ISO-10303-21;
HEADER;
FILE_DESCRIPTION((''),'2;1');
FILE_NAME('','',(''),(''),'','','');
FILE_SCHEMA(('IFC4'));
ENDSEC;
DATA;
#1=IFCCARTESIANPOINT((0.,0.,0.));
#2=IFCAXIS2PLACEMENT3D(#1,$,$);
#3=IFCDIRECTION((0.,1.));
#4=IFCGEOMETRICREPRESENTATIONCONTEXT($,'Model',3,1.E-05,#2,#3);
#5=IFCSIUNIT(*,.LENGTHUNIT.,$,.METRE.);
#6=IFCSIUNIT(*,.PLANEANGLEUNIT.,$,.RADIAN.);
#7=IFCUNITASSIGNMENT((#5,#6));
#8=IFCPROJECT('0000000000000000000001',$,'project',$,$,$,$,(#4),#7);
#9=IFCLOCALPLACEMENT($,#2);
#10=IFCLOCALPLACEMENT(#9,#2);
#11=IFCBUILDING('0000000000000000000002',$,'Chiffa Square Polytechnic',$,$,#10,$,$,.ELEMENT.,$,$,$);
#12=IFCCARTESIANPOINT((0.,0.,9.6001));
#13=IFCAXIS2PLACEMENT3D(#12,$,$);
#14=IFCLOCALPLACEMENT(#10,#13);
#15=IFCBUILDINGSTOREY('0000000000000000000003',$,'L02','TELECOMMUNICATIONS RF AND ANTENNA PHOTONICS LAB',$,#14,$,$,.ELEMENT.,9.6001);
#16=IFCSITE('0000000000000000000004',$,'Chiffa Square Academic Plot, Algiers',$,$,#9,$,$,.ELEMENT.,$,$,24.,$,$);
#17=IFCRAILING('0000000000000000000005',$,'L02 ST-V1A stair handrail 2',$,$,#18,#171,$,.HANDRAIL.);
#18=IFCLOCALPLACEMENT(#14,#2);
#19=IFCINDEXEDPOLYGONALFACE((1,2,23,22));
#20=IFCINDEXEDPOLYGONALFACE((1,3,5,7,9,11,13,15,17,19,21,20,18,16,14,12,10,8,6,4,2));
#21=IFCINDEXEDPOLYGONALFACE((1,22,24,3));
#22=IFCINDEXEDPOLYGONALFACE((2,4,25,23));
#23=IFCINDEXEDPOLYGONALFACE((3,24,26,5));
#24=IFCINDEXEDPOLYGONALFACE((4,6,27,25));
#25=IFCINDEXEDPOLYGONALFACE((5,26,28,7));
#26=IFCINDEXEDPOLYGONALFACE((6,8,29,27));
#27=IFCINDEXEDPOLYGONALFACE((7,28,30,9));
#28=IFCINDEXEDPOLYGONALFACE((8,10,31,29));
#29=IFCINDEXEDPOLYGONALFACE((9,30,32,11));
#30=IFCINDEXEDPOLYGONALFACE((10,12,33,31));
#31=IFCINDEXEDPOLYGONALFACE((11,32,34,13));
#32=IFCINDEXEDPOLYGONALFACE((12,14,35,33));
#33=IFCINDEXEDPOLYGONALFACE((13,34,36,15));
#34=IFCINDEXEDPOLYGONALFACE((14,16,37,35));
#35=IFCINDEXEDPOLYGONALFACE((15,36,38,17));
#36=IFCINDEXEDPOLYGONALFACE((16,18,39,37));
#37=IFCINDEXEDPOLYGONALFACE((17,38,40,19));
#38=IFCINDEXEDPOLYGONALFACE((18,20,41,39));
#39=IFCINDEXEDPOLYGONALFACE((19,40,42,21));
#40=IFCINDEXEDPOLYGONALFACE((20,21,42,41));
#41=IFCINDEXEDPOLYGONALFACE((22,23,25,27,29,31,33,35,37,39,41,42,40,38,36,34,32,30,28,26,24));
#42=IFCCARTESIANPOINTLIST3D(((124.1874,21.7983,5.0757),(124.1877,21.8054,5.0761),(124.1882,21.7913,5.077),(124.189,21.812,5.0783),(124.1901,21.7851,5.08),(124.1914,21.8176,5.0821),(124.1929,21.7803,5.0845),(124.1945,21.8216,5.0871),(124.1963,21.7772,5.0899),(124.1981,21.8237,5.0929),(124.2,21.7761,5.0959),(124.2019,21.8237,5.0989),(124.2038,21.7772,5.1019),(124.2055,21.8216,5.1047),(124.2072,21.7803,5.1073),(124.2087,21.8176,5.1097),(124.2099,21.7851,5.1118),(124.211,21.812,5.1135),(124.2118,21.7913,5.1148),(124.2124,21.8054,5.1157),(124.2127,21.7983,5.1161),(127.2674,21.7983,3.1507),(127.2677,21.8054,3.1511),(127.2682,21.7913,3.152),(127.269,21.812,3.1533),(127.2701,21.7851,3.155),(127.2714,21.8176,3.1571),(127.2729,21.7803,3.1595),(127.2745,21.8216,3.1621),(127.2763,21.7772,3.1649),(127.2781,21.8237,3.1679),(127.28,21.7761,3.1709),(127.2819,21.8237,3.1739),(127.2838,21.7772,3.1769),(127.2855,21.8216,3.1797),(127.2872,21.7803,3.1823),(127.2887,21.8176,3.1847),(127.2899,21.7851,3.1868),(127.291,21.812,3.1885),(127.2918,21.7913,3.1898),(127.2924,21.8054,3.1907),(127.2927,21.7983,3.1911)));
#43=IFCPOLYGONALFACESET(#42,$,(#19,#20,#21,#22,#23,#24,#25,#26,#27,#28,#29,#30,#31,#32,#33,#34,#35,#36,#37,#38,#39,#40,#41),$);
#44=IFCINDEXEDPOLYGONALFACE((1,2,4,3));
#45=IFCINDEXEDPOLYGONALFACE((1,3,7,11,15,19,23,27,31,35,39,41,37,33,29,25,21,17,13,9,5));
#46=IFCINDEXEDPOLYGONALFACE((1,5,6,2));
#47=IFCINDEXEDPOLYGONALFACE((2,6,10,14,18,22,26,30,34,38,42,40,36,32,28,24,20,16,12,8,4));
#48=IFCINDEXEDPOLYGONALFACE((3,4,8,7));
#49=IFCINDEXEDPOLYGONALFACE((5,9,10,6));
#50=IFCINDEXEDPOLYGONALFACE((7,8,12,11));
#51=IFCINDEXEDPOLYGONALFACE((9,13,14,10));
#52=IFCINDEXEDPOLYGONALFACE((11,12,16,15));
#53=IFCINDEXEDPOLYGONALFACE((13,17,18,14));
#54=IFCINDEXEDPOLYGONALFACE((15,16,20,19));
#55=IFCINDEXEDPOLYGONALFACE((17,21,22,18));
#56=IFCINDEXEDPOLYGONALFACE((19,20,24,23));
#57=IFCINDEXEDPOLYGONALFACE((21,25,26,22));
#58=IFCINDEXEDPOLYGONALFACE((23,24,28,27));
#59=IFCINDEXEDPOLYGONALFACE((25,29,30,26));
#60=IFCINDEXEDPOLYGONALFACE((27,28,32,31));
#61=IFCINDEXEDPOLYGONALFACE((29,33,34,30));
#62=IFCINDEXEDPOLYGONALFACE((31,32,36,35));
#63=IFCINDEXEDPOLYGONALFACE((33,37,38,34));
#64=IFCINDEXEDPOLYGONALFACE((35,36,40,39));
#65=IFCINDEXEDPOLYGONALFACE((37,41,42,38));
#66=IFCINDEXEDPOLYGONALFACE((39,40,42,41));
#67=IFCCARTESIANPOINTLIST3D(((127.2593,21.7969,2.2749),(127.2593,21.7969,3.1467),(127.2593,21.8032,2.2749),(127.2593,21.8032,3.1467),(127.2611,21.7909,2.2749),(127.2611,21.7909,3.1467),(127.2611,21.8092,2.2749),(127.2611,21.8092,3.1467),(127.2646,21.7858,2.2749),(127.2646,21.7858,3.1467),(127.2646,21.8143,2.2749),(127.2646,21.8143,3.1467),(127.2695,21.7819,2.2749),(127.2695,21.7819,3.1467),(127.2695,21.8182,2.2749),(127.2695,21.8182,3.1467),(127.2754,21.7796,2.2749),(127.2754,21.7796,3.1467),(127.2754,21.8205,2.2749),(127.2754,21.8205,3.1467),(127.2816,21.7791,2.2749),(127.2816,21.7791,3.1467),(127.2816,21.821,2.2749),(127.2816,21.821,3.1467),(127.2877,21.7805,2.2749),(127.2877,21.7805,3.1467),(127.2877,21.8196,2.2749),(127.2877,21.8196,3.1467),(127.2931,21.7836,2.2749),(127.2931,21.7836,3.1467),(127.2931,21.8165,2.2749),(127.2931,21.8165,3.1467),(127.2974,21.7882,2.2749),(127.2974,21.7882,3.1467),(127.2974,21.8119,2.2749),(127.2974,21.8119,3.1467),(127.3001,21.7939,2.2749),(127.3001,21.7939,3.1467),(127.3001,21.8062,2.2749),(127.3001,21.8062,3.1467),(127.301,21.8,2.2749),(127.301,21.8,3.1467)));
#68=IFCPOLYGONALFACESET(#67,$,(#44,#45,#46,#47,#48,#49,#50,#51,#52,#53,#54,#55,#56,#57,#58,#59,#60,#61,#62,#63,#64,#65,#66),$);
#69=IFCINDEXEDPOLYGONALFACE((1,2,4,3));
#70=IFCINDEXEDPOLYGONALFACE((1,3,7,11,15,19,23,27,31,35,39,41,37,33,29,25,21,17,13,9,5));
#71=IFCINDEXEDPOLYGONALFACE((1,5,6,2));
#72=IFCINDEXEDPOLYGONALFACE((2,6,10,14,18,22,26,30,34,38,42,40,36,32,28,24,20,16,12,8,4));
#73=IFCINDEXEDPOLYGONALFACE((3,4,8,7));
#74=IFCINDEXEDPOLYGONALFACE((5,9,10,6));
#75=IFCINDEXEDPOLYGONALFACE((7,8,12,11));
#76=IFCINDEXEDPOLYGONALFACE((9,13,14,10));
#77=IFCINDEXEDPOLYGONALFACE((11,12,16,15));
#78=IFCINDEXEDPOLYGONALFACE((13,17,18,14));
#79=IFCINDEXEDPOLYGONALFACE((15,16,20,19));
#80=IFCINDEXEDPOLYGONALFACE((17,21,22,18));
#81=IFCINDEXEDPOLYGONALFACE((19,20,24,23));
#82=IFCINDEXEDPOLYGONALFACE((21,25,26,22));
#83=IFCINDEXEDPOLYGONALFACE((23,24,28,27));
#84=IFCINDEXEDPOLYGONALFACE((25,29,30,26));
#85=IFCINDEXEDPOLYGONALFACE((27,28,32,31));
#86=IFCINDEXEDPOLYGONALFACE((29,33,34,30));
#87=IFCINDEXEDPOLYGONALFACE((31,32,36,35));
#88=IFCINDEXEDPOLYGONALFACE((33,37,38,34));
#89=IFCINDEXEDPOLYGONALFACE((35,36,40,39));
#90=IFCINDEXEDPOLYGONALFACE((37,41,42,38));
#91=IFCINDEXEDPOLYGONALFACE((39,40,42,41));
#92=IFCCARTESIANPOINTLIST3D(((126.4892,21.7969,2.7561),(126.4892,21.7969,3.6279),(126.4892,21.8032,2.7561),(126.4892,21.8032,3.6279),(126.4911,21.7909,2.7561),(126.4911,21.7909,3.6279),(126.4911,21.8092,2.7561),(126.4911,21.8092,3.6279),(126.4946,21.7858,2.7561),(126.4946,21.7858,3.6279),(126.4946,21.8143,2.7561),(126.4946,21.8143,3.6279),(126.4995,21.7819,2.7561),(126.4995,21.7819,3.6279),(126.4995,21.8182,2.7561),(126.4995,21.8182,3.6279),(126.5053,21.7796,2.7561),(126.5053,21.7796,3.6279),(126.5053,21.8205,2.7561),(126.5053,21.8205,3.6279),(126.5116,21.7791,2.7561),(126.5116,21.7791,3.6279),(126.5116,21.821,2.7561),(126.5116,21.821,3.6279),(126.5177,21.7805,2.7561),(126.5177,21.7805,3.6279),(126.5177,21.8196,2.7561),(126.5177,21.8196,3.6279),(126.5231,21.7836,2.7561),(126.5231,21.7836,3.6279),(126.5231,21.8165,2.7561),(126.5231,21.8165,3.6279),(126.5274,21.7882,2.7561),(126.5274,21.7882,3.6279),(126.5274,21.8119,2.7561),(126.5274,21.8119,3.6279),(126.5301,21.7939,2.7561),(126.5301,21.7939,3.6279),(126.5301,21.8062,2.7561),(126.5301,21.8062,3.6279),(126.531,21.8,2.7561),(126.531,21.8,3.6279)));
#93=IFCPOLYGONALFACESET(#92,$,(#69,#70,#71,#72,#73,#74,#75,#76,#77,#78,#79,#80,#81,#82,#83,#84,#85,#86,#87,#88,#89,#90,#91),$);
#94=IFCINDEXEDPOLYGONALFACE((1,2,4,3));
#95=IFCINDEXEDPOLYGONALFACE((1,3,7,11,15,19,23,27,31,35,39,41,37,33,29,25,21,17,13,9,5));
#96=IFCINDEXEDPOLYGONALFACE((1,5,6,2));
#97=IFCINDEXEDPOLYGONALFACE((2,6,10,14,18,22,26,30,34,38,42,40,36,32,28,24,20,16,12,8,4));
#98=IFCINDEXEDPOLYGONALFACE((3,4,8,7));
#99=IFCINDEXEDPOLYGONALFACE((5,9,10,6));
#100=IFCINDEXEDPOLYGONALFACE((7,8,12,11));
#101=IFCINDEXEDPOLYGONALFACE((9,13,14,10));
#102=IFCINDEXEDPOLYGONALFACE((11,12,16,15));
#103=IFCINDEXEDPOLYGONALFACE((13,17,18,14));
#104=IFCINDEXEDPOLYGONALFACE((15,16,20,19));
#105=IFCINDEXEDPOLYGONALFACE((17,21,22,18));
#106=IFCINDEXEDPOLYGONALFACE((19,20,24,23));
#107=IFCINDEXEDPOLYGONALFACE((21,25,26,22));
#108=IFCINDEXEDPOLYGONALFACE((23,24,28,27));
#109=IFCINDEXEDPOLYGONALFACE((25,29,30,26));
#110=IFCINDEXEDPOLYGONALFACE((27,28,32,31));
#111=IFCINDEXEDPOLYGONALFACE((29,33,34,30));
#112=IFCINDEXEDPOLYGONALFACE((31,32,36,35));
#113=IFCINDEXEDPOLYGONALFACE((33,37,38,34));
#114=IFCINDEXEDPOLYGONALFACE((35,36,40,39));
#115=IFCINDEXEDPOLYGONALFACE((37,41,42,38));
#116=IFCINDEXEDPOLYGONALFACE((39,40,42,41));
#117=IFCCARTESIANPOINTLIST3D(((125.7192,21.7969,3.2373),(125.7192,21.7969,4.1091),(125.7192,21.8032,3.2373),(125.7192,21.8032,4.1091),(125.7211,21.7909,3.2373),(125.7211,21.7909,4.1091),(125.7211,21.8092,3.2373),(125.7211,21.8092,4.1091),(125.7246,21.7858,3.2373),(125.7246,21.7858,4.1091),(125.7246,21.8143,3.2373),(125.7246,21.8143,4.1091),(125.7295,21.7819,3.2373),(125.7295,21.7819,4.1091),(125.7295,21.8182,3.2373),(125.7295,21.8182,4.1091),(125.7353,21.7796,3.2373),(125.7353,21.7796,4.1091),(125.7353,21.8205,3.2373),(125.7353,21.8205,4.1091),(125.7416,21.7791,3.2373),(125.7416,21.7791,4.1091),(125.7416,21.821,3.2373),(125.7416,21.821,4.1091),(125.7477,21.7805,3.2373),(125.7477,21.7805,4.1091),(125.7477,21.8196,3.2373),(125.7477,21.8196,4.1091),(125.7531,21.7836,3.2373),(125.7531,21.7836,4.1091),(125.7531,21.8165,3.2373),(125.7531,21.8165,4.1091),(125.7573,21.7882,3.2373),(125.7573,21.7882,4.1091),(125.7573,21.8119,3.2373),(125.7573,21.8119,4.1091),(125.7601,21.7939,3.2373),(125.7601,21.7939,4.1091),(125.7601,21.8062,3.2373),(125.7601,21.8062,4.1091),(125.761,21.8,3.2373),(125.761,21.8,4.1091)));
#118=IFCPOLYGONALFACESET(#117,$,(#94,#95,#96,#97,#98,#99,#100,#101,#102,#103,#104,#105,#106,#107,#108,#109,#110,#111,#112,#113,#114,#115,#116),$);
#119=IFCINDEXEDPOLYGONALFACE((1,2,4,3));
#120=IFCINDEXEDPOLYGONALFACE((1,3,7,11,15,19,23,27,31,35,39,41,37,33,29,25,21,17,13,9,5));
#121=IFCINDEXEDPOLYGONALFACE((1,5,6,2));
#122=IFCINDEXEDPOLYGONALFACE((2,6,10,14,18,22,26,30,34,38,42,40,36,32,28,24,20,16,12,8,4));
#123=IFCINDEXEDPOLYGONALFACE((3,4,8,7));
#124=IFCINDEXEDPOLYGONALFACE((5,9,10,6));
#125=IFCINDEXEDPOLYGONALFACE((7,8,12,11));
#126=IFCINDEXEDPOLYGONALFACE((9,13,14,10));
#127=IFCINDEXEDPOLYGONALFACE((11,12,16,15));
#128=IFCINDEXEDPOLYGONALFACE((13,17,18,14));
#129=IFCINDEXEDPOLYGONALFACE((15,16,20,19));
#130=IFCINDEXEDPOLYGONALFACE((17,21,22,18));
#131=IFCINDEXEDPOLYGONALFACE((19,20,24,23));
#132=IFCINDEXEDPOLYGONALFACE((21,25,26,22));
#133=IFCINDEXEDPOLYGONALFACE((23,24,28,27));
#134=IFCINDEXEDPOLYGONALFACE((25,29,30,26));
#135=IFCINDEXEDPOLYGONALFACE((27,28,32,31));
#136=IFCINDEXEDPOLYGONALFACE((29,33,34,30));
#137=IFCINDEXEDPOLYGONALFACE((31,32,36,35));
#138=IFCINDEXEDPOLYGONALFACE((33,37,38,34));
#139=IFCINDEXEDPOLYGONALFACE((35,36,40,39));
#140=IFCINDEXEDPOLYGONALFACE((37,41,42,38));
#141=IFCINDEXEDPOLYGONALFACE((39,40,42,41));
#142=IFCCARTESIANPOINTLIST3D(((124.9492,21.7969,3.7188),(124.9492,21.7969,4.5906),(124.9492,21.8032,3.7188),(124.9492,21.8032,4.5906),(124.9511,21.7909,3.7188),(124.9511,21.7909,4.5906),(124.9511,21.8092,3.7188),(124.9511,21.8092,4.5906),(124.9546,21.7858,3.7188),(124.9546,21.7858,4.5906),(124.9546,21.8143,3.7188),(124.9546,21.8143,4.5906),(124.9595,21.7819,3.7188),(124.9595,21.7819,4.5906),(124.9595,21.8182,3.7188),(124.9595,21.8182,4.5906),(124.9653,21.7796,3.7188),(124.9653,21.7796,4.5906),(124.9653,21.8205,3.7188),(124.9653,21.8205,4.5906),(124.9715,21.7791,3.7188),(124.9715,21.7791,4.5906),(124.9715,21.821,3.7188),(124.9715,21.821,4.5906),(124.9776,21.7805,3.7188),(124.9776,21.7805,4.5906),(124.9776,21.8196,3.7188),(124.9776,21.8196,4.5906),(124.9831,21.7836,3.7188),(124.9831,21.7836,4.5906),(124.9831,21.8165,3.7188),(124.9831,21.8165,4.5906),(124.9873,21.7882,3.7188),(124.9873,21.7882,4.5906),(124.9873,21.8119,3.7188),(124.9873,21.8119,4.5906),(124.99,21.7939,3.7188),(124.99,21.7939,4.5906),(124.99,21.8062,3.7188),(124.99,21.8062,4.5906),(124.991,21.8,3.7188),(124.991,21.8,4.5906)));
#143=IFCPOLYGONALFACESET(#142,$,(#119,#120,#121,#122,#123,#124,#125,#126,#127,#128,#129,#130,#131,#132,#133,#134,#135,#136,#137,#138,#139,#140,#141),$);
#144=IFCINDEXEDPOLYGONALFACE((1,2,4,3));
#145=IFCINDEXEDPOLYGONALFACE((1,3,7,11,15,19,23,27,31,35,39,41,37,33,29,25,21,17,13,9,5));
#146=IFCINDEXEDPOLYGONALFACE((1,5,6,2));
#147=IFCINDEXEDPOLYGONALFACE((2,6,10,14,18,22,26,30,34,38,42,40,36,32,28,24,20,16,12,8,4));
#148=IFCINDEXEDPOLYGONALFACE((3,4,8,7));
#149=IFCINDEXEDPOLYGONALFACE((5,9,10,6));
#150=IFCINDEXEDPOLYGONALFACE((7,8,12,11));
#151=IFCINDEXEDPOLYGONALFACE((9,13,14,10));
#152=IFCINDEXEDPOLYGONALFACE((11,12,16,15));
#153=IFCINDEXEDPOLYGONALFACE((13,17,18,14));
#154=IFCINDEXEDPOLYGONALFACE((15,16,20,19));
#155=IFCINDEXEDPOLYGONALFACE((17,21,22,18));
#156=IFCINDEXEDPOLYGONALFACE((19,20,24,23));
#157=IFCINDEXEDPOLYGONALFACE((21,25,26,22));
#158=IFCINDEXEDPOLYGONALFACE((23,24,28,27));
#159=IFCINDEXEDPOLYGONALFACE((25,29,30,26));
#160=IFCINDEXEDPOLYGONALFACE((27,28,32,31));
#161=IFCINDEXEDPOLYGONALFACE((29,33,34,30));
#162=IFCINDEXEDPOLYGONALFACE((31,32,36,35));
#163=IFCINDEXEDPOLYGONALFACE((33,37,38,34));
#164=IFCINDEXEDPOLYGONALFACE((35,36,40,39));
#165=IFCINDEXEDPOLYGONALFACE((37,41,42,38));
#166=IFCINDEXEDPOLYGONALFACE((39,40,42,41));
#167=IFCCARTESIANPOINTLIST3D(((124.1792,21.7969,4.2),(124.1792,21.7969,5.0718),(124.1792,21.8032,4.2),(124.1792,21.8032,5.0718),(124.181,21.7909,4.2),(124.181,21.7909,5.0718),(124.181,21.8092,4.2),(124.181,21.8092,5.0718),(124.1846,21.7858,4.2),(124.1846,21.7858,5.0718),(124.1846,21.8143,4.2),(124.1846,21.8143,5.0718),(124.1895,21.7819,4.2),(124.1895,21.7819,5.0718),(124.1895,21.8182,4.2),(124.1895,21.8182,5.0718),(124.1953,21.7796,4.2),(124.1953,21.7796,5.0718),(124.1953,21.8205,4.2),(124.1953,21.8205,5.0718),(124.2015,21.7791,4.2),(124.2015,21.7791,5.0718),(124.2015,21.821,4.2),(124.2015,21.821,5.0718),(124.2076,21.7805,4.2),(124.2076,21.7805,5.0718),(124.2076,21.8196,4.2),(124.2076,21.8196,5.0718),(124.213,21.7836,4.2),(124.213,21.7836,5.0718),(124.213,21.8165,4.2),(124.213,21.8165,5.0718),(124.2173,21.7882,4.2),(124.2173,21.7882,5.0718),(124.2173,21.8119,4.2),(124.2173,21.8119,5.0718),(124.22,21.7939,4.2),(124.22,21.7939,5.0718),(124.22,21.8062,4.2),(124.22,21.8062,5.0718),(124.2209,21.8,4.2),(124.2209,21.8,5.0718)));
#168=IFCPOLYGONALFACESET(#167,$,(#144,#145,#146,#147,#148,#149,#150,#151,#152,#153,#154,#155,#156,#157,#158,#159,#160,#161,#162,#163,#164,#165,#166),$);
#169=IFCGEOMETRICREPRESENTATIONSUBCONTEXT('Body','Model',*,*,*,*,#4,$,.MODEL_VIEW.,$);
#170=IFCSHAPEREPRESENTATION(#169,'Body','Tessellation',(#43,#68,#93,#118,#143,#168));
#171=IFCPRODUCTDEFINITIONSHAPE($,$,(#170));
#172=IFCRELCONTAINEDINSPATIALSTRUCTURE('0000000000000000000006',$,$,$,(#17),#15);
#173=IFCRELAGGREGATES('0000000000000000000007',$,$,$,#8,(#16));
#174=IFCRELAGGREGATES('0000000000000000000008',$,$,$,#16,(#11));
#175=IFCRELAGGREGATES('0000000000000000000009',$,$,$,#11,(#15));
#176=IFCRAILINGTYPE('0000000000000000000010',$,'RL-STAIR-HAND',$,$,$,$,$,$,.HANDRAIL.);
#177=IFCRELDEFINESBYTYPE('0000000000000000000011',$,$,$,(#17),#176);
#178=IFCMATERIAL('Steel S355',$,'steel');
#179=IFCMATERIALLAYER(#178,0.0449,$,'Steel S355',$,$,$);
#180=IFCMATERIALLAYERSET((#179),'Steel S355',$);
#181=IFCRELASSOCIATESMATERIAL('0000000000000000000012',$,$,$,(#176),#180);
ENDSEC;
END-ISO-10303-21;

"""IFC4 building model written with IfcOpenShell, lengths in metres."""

from ifc_helpers import new_model, si_unit, direction, frame, origin, origin_2d, place, context, subcontext, project, spatial, circle, extrude, material, layer, layer_set, type_object, element, save


model = new_model("IFC4")

# Units and contexts
model_context = context("Model", 3, precision=1e-05, world=origin(), true_north=direction((0.0, 1.0)))
body_context = subcontext(model_context, "Body", "Model", "MODEL_VIEW")
ifc_project = project(units=[si_unit("LENGTHUNIT", "METRE"), si_unit("PLANEANGLEUNIT", "RADIAN")], contexts=[model_context])

# Site, building, storey
site_placement = place(None, origin())
site = spatial("IfcSite", under=ifc_project, at=site_placement, Name="Chiffa Square Academic Plot, Algiers", CompositionType="ELEMENT", RefElevation=24.0)
building_placement = place(site_placement, origin())
building = spatial("IfcBuilding", under=site, at=building_placement, Name="Chiffa Square Polytechnic", CompositionType="ELEMENT")
storey_placement = place(building_placement, frame((0.0, 0.0, 9.6001)))
storey = spatial("IfcBuildingStorey", under=building, at=storey_placement, Name="L02", Description="TELECOMMUNICATIONS RF AND ANTENNA PHOTONICS LAB", CompositionType="ELEMENT", Elevation=9.6001)

# Railing
ifc_material_1 = material(Name="Steel S355", Category="steel")
ifc_layer_1 = layer(ifc_material_1, 0.0449, Name="Steel S355")
ifc_layer_set_1 = layer_set([ifc_layer_1], Name="Steel S355")
railing_type_1 = type_object("IfcRailingType", Name="RL-STAIR-HAND", PredefinedType="HANDRAIL", material=ifc_layer_set_1)
railing_1_placement = place(storey_placement, frame((127.28, 21.8, 2.2749)))
element("IfcRailing", 1, at=railing_1_placement, inside=storey, type_object=railing_type_1, Name="L02 ST-V1A stair handrail 2", PredefinedType="HANDRAIL", context=body_context, shape_type="SweptSolid", body=[
    extrude(circle(Radius=0.0239, at=origin_2d()), frame((0.0, 0.0, 0.896), z_axis=(-0.847998, 0.0, 0.529999), x_axis=(0.0, -1.0, 0.0)), (0.0, 0.0, 1.0), 3.6321),
    extrude(circle(Radius=0.021, at=origin_2d()), origin(), (0.0, 0.0, 1.0), 0.8718),
    extrude(circle(Radius=0.021, at=origin_2d()), frame((-0.77, 0.0, 0.4812)), (0.0, 0.0, 1.0), 0.8718),
    extrude(circle(Radius=0.021, at=origin_2d()), frame((-1.54, 0.0, 0.9624)), (0.0, 0.0, 1.0), 0.8718),
    extrude(circle(Radius=0.021, at=origin_2d()), frame((-2.3101, 0.0, 1.4438)), (0.0, 0.0, 1.0), 0.8718),
    extrude(circle(Radius=0.021, at=origin_2d()), frame((-3.0801, 0.0, 1.925)), (0.0, 0.0, 1.0), 0.8718),
])

save(model, "model.ifc")
